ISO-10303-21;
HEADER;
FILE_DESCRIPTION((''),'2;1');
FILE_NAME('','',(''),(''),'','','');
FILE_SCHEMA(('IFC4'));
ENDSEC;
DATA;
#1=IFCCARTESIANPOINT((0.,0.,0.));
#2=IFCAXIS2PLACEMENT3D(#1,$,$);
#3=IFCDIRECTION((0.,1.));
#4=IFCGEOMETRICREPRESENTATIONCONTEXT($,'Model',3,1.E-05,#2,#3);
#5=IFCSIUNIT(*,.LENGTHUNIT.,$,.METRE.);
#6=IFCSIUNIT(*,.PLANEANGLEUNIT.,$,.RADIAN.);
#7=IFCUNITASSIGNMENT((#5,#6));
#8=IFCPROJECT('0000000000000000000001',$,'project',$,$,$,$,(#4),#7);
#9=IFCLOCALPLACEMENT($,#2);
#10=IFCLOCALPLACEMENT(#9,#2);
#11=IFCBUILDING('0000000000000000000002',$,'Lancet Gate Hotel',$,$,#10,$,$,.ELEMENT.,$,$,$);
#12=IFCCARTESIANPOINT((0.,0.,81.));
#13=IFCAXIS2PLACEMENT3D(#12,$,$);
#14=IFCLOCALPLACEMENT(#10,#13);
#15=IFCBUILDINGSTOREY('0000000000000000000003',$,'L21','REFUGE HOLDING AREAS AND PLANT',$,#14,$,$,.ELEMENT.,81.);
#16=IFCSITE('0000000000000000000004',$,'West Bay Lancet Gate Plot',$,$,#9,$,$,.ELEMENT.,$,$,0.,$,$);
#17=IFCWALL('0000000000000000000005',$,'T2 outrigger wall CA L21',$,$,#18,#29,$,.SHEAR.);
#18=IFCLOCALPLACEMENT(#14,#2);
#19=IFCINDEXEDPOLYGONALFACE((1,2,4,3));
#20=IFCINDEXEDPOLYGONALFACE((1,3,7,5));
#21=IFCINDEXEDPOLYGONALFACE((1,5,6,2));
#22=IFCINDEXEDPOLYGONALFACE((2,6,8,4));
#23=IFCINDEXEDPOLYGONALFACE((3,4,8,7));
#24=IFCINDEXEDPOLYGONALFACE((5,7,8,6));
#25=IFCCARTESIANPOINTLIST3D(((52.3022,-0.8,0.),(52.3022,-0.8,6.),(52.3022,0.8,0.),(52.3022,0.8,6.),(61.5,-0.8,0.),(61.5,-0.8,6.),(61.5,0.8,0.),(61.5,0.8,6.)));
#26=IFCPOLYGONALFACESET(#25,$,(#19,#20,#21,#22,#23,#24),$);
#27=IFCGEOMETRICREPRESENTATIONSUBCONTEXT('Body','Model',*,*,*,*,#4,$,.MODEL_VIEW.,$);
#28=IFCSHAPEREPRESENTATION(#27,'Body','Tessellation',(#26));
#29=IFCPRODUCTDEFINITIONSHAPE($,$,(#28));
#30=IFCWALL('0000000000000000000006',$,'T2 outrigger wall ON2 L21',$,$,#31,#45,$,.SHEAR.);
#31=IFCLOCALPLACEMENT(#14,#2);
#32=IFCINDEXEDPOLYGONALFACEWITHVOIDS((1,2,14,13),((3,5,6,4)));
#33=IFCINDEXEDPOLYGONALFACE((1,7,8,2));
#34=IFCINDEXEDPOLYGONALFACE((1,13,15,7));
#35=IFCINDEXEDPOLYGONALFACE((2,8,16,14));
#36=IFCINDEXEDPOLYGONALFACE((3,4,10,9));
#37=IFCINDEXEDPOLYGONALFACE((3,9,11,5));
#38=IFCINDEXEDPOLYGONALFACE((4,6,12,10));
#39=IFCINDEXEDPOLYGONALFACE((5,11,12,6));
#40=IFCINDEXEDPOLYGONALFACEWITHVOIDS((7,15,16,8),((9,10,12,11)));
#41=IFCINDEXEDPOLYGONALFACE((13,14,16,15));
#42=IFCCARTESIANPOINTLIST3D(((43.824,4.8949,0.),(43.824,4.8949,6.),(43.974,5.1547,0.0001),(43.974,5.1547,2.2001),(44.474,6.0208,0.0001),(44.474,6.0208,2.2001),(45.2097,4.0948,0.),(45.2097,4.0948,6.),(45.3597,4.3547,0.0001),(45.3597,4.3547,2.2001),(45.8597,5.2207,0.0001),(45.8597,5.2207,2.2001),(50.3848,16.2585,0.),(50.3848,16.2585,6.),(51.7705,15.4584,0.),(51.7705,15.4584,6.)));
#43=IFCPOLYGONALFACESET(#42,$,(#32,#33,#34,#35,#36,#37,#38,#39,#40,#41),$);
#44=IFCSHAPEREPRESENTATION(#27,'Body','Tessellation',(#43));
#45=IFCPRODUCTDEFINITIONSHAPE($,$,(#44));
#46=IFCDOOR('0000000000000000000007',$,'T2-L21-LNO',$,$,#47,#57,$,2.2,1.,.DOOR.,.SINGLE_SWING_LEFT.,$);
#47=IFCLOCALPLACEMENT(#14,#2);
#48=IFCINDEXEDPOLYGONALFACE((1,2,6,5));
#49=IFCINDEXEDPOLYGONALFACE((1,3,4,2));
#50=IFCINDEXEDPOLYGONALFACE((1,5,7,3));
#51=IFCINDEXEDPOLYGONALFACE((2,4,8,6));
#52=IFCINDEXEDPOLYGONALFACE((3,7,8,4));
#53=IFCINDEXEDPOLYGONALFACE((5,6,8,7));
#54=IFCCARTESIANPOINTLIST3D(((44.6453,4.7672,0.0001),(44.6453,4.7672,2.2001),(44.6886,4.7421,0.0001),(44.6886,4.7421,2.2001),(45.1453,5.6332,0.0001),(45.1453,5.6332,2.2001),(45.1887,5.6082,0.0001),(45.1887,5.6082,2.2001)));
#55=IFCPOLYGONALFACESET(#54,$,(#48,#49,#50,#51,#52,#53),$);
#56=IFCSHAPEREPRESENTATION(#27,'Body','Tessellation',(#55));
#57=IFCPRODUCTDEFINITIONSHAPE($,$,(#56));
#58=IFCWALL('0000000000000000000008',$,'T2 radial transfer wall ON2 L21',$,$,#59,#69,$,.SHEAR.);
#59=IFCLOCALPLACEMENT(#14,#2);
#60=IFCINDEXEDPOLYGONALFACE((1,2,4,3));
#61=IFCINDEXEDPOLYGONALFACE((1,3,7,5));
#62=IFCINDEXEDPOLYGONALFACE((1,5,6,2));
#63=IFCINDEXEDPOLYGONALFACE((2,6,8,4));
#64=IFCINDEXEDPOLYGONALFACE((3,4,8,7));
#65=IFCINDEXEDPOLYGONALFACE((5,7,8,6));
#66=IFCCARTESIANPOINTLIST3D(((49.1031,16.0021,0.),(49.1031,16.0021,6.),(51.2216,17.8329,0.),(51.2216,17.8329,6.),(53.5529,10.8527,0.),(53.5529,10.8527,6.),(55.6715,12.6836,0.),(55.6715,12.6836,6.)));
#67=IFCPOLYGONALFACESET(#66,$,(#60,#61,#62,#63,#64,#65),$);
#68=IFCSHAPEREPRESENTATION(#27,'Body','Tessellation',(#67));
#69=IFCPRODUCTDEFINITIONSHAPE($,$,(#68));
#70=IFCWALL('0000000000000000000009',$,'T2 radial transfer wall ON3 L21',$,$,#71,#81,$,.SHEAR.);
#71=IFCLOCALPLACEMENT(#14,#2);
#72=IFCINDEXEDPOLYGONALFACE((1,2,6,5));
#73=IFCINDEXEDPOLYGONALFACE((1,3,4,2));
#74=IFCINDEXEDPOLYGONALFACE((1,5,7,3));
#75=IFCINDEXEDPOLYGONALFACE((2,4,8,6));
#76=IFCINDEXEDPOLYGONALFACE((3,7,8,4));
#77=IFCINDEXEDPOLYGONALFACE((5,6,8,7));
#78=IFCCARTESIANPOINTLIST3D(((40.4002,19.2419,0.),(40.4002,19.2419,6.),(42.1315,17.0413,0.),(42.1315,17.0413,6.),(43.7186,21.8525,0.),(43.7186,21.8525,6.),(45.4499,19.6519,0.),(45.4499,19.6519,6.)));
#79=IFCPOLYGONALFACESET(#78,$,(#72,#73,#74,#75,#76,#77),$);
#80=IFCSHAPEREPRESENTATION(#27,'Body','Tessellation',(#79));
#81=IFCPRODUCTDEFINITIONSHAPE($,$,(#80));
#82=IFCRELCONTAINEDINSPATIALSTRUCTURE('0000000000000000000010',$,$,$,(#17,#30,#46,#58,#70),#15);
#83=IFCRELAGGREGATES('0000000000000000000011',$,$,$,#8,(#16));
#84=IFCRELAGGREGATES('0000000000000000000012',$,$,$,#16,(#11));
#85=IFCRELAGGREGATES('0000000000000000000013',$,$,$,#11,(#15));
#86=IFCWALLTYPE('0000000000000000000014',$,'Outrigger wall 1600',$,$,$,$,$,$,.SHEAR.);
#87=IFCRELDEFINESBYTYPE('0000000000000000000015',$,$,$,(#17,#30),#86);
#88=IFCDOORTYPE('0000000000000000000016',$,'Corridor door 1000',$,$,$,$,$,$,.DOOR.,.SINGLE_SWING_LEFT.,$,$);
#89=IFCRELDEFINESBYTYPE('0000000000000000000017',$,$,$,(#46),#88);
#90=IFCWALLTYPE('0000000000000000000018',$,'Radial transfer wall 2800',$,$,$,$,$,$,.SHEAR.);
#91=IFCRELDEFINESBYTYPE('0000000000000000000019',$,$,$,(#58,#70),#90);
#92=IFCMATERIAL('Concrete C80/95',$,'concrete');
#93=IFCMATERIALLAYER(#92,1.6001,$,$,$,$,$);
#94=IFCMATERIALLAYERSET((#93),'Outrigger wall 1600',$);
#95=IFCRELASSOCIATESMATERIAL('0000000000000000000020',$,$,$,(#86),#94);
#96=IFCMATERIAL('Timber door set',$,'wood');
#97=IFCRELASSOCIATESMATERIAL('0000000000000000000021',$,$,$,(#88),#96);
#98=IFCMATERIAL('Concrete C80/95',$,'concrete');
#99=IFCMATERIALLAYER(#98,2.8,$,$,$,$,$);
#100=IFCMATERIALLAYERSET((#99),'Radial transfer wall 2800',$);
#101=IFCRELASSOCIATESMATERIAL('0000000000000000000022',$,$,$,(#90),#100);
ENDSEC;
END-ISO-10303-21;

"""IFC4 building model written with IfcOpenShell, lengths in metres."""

from ifc_helpers import new_model, si_unit, direction, frame, frame_2d, origin, place, context, subcontext, project, spatial, rectangle, extrude, material, layer, layer_set, type_object, element, fill, save


model = new_model("IFC4")

# Units and contexts
model_context = context("Model", 3, precision=1e-05, world=origin(), true_north=direction((0.0, 1.0)))
body_context = subcontext(model_context, "Body", "Model", "MODEL_VIEW")
ifc_project = project(units=[si_unit("LENGTHUNIT", "METRE"), si_unit("PLANEANGLEUNIT", "RADIAN")], contexts=[model_context])

# Site, building, storey
site_placement = place(None, origin())
site = spatial("IfcSite", under=ifc_project, at=site_placement, Name="West Bay Lancet Gate Plot", CompositionType="ELEMENT", RefElevation=0.0)
building_placement = place(site_placement, origin())
building = spatial("IfcBuilding", under=site, at=building_placement, Name="Lancet Gate Hotel", CompositionType="ELEMENT")
storey_placement = place(building_placement, frame((0.0, 0.0, 81.0)))
storey = spatial("IfcBuildingStorey", under=building, at=storey_placement, Name="L21", Description="REFUGE HOLDING AREAS AND PLANT", CompositionType="ELEMENT", Elevation=81.0)

# Wall
ifc_material_1 = material(Name="Concrete C80/95", Category="concrete")
ifc_layer_1 = layer(ifc_material_1, 1.6001)
ifc_layer_set_1 = layer_set([ifc_layer_1], Name="Outrigger wall 1600")
wall_type_1 = type_object("IfcWallType", Name="Outrigger wall 1600", PredefinedType="SHEAR", material=ifc_layer_set_1)
wall_1_placement = place(storey_placement, frame((52.3022, 0.0, 0.0), z_axis=(0.0, 0.0, 1.0), x_axis=(1.0, 0.0, 0.0)))
element("IfcWall", 1, at=wall_1_placement, inside=storey, type_object=wall_type_1, Name="T2 outrigger wall CA L21", PredefinedType="SHEAR", context=body_context, shape_type="SweptSolid", body=[
    extrude(rectangle(XDim=9.1978, YDim=1.6001, at=frame_2d((4.5989, 0.0))), origin(), (0.0, 0.0, 1.0), 6.0),
])

# Wall, opening, door
wall_2_placement = place(storey_placement, frame((44.5168, 4.4949, 0.0), z_axis=(0.0, 0.0, 1.0), x_axis=(0.500003, 0.866024, 0.0)))
wall_2 = element("IfcWall", 2, at=wall_2_placement, inside=storey, type_object=wall_type_1, Name="T2 outrigger wall ON2 L21", PredefinedType="SHEAR", context=body_context, shape_type="SweptSolid", body=[
    extrude(rectangle(XDim=13.1216, YDim=1.6001, at=frame_2d((6.5608, 0.0))), origin(), (0.0, 0.0, 1.0), 6.0),
])
opening_1_placement = place(wall_2_placement, frame((0.3, 0.0, 0.0)))
opening_1 = element("IfcOpeningElement", 3, at=opening_1_placement, cuts=wall_2, PredefinedType="OPENING", context=body_context, shape_type="SweptSolid", body=[
    extrude(rectangle(XDim=1.0, YDim=2.2, at=frame_2d((0.5, 1.1001))), frame((0.0, 0.8101, 0.0), z_axis=(0.0, -1.0, 0.0), x_axis=(1.0, 0.0, 0.0)), (0.0, 0.0, 1.0), 1.6201),
])
ifc_material_2 = material(Name="Timber door set", Category="wood")
door_type_1 = type_object("IfcDoorType", Name="Corridor door 1000", OperationType="SINGLE_SWING_LEFT", PredefinedType="DOOR", material=ifc_material_2)
door_1_placement = place(opening_1_placement, origin())
door_1 = element("IfcDoor", 4, at=door_1_placement, inside=storey, type_object=door_type_1, Name="T2-L21-LNO", OperationType="SINGLE_SWING_LEFT", OverallHeight=2.2, OverallWidth=1.0, PredefinedType="DOOR", context=body_context, shape_type="SweptSolid", body=[
    extrude(rectangle(XDim=1.0, YDim=2.2, at=frame_2d((0.5, 1.1001))), frame((0.0, 0.0249, 0.0), z_axis=(0.0, -1.0, 0.0), x_axis=(1.0, 0.0, 0.0)), (0.0, 0.0, 1.0), 0.05),
])
fill(opening_1, door_1)

# Walls
ifc_material_3 = material(Name="Concrete C80/95", Category="concrete")
ifc_layer_2 = layer(ifc_material_3, 2.8)
ifc_layer_set_2 = layer_set([ifc_layer_2], Name="Radial transfer wall 2800")
wall_type_2 = type_object("IfcWallType", Name="Radial transfer wall 2800", PredefinedType="SHEAR", material=ifc_layer_set_2)
wall_3_placement = place(storey_placement, frame((50.1624, 16.9175, 0.0), z_axis=(0.0, 0.0, 1.0), x_axis=(0.65385, -0.756625, 0.0)))
element("IfcWall", 5, at=wall_3_placement, inside=storey, type_object=wall_type_2, Name="T2 radial transfer wall ON2 L21", PredefinedType="SHEAR", context=body_context, shape_type="SweptSolid", body=[
    extrude(rectangle(XDim=6.8057, YDim=2.8, at=frame_2d((3.4028, 0.0))), origin(), (0.0, 0.0, 1.0), 6.0),
])
wall_4_placement = place(storey_placement, frame((44.5842, 20.7522, 0.0), z_axis=(0.0, 0.0, 1.0), x_axis=(-0.785937, -0.618307, 0.0)))
element("IfcWall", 6, at=wall_4_placement, inside=storey, type_object=wall_type_2, Name="T2 radial transfer wall ON3 L21", PredefinedType="SHEAR", context=body_context, shape_type="SweptSolid", body=[
    extrude(rectangle(XDim=4.2222, YDim=2.8, at=frame_2d((2.1111, 0.0))), origin(), (0.0, 0.0, 1.0), 6.0),
])

save(model, "model.ifc")
